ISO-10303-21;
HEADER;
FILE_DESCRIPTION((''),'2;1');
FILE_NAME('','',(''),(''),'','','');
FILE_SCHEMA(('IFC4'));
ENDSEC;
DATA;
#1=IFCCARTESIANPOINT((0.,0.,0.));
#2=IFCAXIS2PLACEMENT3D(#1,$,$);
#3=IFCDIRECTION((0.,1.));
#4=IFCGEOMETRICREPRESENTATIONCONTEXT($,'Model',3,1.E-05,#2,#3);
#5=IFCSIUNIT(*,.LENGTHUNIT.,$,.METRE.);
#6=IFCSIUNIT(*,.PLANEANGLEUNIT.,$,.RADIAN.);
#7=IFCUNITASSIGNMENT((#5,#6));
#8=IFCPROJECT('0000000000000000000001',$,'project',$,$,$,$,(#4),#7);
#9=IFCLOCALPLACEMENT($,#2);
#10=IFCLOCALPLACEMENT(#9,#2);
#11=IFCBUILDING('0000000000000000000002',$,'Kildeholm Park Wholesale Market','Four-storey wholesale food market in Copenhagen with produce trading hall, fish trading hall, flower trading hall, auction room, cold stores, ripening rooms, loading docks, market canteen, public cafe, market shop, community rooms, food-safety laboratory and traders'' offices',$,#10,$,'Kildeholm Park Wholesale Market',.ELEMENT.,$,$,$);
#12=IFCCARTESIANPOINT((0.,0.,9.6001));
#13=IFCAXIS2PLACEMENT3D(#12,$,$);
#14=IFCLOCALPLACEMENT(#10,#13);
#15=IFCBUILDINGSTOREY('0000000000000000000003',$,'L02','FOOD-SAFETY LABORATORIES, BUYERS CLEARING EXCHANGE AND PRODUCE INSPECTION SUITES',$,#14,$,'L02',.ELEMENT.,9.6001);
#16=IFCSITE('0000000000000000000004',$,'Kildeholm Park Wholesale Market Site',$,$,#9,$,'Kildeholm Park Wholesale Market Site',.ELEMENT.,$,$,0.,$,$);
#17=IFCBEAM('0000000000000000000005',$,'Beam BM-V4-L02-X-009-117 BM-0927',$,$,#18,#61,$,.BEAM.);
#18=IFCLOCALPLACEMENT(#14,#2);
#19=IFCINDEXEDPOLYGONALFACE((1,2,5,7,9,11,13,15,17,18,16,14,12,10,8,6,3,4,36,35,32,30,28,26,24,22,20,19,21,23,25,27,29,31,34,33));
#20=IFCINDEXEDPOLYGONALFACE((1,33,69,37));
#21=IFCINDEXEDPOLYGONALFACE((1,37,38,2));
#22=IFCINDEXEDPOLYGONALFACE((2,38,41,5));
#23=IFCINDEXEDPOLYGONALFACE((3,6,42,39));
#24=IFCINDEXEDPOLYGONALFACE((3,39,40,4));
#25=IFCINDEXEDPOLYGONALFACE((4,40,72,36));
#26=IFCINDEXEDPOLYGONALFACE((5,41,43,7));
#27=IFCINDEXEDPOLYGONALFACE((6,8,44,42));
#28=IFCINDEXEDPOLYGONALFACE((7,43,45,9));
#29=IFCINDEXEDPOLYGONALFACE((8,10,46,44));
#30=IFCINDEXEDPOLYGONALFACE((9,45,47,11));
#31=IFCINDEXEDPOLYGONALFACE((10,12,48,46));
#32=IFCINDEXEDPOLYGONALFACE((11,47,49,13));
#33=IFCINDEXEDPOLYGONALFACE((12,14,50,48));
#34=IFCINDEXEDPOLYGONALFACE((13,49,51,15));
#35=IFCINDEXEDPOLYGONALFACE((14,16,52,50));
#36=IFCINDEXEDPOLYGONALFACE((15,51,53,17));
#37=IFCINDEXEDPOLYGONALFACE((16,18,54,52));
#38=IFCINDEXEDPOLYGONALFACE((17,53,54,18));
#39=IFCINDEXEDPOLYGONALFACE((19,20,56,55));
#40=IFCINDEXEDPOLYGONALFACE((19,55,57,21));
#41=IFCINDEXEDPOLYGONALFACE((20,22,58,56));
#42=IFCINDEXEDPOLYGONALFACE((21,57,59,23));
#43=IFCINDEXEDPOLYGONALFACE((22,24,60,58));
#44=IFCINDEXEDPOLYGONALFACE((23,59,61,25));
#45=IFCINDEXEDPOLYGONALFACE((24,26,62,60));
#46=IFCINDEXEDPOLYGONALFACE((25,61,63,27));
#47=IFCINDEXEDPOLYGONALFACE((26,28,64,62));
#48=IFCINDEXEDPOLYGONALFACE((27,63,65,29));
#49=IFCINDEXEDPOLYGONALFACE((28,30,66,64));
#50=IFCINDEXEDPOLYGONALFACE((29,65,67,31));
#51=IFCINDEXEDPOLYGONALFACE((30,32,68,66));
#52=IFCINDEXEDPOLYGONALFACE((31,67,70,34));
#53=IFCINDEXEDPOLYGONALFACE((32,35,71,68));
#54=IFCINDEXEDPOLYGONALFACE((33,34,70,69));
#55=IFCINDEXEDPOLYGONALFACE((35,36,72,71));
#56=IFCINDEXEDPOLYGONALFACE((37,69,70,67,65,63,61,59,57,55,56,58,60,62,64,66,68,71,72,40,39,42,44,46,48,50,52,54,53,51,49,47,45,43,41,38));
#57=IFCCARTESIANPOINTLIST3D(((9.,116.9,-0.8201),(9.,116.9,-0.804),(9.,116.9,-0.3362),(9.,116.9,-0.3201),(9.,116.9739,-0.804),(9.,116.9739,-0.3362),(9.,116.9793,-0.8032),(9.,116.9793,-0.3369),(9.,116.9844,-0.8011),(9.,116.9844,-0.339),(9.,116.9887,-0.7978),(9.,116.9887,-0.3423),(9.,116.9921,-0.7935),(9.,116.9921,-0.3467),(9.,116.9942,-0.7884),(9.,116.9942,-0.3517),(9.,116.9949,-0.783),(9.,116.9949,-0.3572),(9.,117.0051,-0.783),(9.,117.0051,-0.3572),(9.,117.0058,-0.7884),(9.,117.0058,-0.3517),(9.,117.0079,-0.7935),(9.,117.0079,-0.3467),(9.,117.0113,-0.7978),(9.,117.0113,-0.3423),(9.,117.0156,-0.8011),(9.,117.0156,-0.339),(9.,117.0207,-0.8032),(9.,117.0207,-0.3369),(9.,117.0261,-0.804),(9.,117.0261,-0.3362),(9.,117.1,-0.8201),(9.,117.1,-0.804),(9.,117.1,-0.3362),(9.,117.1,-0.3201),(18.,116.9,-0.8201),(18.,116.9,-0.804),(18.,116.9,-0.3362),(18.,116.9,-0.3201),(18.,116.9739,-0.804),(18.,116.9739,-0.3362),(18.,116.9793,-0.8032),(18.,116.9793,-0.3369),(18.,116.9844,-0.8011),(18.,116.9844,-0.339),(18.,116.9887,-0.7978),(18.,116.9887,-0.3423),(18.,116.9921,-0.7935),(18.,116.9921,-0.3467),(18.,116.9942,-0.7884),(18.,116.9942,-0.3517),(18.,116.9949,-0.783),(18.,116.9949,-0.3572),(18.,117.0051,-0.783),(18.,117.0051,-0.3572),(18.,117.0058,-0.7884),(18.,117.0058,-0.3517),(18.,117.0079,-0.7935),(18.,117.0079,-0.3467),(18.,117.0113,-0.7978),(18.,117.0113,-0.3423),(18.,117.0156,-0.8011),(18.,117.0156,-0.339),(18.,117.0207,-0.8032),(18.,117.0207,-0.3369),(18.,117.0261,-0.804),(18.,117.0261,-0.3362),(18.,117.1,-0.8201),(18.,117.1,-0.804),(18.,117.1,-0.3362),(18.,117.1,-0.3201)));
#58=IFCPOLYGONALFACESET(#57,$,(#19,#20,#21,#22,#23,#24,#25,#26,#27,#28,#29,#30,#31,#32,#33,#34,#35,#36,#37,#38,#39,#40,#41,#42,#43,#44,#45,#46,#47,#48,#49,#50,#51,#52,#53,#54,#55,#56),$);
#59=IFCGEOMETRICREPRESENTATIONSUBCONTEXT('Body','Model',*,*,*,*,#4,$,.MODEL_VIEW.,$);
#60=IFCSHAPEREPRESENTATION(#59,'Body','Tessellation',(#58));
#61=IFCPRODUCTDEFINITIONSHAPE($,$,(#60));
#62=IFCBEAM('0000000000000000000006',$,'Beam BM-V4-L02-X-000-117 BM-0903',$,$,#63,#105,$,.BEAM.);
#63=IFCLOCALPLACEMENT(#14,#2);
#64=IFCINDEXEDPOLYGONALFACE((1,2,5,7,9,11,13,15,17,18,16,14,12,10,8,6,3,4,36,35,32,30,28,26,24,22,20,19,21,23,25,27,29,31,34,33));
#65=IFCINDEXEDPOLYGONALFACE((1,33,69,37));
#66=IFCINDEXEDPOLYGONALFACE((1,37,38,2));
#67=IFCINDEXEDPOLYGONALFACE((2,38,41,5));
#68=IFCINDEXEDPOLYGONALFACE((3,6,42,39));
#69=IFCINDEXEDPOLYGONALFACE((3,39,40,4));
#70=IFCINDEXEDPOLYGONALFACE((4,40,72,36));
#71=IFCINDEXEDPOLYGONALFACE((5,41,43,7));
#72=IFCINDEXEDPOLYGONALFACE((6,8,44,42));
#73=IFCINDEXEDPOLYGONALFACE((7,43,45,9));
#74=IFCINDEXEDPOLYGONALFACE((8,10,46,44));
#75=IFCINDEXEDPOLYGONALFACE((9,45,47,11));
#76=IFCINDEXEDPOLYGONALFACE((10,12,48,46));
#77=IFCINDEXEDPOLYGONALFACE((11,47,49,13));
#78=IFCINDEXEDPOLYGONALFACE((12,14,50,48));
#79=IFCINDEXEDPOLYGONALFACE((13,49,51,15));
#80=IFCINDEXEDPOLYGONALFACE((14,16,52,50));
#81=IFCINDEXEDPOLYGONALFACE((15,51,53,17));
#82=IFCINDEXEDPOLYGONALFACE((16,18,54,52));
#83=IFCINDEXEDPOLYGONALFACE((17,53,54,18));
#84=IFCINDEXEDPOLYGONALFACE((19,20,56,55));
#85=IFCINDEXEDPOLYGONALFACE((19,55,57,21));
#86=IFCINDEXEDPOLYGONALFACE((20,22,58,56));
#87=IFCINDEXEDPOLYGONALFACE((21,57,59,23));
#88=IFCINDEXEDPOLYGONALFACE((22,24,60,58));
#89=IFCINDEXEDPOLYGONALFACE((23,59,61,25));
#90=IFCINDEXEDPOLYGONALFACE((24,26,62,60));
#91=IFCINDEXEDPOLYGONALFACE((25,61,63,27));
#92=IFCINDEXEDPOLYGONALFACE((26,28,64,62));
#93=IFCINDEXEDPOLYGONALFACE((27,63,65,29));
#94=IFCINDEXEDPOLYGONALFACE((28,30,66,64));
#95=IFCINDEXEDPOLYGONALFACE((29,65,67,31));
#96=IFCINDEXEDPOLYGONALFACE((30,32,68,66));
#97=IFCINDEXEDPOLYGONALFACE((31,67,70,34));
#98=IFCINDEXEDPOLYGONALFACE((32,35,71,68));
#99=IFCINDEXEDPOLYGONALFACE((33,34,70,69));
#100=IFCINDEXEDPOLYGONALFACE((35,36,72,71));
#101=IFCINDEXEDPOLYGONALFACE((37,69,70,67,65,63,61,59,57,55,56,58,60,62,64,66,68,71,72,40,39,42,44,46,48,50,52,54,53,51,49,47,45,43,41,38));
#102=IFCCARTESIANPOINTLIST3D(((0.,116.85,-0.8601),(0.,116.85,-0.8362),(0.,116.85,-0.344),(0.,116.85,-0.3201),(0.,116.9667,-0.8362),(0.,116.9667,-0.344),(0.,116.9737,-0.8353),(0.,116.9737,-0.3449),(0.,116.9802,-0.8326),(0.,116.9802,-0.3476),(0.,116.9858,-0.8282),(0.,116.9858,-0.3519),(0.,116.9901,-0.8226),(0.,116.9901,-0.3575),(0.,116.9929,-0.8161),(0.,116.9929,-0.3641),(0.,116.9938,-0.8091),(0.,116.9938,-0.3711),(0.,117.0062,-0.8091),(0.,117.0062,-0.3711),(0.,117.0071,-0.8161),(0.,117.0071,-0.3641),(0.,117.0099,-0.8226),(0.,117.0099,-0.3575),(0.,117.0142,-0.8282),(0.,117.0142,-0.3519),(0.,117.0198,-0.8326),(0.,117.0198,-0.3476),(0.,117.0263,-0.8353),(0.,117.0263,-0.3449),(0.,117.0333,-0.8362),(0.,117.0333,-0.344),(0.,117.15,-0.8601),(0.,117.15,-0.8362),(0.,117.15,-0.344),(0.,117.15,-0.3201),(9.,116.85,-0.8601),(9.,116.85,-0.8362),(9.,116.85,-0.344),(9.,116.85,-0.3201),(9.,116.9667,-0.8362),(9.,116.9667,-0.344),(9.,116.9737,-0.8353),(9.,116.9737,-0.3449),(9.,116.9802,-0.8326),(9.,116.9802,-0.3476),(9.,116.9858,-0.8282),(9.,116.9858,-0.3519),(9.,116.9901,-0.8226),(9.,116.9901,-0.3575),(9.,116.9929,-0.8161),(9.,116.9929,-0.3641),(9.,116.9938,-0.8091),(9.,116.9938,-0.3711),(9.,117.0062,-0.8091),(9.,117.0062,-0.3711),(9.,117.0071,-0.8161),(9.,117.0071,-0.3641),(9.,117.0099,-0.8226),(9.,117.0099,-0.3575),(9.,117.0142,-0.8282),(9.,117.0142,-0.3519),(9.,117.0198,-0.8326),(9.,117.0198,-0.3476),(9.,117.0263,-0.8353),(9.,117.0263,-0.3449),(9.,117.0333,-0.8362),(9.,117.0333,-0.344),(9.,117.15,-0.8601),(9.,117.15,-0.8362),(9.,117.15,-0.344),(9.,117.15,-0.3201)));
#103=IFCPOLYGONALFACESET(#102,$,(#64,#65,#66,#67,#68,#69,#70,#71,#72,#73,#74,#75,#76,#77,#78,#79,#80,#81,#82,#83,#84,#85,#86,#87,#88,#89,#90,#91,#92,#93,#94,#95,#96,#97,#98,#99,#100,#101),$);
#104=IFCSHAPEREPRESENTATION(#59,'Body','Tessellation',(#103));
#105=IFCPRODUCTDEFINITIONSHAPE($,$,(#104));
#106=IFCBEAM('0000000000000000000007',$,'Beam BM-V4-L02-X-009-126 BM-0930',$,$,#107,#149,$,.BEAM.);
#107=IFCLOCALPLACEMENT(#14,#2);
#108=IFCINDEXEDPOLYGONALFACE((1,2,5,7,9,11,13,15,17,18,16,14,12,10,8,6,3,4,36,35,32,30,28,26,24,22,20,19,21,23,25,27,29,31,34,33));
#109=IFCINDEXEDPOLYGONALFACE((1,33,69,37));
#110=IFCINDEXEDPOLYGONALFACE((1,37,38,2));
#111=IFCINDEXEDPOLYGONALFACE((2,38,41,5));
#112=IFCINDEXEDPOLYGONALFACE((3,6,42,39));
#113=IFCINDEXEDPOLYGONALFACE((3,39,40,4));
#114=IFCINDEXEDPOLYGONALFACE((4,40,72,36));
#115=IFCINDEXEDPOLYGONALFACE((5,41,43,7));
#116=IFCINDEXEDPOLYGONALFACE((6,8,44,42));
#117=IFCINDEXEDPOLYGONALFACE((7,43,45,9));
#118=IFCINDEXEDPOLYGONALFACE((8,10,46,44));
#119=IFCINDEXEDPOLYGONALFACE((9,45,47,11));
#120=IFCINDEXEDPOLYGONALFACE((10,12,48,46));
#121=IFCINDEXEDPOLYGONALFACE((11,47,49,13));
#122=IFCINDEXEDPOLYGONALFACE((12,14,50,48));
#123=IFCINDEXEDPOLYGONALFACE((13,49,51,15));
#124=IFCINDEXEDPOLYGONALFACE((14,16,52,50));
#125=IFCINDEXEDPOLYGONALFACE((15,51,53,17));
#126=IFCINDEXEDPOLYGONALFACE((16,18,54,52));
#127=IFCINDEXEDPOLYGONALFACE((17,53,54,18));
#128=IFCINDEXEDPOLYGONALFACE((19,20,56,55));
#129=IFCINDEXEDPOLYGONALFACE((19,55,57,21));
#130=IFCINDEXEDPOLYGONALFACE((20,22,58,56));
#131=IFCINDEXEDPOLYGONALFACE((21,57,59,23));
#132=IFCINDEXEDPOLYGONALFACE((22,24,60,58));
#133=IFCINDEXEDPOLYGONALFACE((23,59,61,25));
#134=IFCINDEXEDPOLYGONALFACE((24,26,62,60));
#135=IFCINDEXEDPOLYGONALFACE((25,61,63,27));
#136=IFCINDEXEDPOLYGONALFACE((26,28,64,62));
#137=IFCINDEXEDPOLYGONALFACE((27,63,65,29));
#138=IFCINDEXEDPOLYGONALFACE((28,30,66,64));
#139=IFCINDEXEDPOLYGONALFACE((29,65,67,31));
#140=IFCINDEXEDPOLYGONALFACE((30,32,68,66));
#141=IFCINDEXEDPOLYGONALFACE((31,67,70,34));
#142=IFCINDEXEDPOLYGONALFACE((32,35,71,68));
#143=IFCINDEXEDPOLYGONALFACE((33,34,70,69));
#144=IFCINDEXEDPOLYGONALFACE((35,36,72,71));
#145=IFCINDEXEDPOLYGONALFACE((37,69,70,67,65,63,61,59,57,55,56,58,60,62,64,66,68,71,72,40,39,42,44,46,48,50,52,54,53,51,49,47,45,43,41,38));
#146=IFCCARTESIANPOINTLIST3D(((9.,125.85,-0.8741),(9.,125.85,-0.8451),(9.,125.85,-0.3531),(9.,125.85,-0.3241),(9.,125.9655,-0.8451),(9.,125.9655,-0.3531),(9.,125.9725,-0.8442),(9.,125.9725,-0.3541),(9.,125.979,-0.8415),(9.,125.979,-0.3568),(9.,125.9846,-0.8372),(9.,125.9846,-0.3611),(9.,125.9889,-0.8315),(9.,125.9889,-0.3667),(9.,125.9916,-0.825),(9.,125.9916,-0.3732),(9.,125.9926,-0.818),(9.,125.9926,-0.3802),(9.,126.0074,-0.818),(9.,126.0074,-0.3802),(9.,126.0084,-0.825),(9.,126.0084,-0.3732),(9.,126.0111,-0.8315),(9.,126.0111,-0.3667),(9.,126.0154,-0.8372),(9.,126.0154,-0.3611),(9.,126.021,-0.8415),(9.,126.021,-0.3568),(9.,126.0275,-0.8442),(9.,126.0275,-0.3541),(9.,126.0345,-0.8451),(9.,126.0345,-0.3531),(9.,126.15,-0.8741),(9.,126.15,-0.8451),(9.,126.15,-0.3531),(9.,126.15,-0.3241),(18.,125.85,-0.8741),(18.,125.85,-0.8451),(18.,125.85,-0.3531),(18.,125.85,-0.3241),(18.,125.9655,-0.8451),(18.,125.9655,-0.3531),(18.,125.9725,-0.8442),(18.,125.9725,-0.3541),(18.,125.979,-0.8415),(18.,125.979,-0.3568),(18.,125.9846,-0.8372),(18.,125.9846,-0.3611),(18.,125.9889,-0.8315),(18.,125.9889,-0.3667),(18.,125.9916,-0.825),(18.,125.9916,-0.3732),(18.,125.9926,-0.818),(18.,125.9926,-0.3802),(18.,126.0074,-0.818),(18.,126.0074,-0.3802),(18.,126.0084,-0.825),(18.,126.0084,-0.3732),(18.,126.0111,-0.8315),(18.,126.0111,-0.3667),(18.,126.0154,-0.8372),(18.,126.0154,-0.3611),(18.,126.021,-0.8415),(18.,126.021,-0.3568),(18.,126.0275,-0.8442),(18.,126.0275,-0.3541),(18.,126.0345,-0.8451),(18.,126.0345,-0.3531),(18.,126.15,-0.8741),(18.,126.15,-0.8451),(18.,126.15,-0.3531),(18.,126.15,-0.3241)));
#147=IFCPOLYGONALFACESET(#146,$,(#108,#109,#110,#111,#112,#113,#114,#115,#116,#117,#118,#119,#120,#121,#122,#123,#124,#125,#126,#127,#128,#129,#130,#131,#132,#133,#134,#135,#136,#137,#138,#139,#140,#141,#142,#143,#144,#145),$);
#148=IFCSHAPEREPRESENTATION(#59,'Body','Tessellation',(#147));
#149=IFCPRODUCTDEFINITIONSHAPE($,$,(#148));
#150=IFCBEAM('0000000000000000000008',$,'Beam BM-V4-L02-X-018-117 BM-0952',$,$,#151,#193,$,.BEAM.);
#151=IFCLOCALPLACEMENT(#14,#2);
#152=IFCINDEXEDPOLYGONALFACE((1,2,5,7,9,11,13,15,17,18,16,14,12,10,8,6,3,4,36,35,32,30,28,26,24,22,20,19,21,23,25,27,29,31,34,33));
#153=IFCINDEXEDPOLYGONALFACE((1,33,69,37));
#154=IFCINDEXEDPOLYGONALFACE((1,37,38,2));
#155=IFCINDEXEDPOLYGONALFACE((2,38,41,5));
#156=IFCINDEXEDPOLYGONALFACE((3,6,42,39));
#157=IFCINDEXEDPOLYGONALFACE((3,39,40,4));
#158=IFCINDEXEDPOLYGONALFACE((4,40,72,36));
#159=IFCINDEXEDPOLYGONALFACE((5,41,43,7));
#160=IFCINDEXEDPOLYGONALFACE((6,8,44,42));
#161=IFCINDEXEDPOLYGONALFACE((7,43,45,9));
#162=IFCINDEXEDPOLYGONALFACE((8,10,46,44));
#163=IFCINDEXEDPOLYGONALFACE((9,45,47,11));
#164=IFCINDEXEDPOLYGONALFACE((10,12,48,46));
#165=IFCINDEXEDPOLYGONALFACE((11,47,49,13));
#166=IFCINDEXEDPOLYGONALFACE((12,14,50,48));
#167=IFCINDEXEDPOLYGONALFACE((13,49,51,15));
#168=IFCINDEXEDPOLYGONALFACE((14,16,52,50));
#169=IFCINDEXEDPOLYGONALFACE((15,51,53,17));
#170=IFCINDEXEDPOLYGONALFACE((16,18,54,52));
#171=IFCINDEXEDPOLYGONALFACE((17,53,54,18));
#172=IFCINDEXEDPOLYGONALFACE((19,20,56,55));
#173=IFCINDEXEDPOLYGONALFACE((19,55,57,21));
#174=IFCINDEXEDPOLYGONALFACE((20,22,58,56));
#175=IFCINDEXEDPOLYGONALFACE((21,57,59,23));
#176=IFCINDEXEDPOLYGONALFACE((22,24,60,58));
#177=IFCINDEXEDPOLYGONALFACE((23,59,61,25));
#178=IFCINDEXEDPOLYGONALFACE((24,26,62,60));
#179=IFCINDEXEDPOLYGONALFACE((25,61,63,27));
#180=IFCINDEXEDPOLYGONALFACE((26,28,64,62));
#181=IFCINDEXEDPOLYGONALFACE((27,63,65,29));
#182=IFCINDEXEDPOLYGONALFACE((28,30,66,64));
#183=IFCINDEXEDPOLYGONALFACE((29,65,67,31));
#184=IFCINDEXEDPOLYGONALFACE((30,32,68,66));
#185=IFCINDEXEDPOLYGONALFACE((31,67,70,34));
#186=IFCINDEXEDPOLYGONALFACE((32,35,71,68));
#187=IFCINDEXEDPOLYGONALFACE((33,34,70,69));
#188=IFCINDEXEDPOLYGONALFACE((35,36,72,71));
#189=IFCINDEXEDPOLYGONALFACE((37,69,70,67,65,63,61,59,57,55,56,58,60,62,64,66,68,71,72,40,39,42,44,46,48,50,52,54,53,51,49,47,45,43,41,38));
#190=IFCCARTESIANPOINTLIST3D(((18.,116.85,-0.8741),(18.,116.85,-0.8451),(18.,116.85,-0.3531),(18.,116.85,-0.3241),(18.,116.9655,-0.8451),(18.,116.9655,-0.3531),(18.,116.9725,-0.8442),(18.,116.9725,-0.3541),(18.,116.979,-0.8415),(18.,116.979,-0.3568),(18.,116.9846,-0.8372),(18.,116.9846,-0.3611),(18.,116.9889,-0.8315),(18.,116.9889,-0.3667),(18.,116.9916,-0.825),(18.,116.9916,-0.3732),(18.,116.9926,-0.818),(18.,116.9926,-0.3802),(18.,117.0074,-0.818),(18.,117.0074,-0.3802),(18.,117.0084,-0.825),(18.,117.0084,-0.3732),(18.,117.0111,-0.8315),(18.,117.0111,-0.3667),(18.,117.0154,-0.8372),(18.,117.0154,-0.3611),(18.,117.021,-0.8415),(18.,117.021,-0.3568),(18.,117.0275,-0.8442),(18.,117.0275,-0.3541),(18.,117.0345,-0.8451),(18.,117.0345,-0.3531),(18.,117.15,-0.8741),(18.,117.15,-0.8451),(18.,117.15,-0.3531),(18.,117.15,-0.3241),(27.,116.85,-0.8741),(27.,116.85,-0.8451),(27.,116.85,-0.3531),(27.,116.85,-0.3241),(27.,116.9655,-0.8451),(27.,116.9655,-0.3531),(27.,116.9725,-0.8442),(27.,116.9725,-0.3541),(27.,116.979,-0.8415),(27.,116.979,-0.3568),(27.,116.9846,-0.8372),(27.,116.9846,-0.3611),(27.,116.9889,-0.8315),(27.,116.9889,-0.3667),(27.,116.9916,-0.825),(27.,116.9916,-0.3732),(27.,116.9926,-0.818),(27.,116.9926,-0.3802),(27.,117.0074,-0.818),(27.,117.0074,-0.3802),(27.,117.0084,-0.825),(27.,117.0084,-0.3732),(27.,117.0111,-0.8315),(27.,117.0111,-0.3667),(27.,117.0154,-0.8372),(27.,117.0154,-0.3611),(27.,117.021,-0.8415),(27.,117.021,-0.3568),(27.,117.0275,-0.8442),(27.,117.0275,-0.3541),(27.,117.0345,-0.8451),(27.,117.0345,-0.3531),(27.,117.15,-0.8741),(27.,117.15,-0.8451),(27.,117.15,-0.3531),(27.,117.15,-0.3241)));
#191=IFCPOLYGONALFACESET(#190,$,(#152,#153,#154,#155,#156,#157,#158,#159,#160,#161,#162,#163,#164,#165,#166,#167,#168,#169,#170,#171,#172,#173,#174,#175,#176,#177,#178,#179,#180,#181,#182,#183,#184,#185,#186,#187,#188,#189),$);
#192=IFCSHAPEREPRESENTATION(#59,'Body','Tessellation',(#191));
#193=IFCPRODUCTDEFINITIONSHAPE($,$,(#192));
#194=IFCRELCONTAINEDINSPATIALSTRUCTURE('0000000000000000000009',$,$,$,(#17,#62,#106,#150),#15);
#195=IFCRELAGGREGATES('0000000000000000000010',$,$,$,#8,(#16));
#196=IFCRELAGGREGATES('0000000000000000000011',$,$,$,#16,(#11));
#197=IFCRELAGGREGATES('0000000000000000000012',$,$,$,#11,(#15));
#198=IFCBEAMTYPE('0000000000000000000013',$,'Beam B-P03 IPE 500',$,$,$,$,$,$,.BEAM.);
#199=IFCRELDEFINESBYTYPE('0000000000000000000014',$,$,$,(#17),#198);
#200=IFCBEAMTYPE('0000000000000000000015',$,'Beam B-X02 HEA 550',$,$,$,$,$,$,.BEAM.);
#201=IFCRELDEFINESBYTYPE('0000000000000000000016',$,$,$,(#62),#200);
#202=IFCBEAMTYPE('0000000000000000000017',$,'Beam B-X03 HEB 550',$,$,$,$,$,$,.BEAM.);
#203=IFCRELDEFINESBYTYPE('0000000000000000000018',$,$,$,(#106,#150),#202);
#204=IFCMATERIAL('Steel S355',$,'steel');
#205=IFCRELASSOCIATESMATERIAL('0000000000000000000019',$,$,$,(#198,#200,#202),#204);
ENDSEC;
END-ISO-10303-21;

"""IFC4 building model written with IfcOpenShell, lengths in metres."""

from ifc_helpers import new_model, si_unit, direction, frame, origin, origin_2d, place, context, subcontext, project, spatial, i_section, extrude, material, material_profile, profile_set, type_object, element, save


model = new_model("IFC4")

# Units and contexts
model_context = context("Model", 3, precision=1e-05, world=origin(), true_north=direction((0.0, 1.0)))
body_context = subcontext(model_context, "Body", "Model", "MODEL_VIEW")
ifc_project = project(units=[si_unit("LENGTHUNIT", "METRE"), si_unit("PLANEANGLEUNIT", "RADIAN")], contexts=[model_context])

# Site, building, storey
site_placement = place(None, origin())
site = spatial("IfcSite", under=ifc_project, at=site_placement, Name="Kildeholm Park Wholesale Market Site", LongName="Kildeholm Park Wholesale Market Site", CompositionType="ELEMENT", RefElevation=0.0)
building_placement = place(site_placement, origin())
building = spatial("IfcBuilding", under=site, at=building_placement, Name="Kildeholm Park Wholesale Market", Description="Four-storey wholesale food market in Copenhagen with produce trading hall, fish trading hall, flower trading hall, auction room, cold stores, ripening rooms, loading docks, market canteen, public cafe, market shop, community rooms, food-safety laboratory and traders' offices", LongName="Kildeholm Park Wholesale Market", CompositionType="ELEMENT")
storey_placement = place(building_placement, frame((0.0, 0.0, 9.6001)))
storey = spatial("IfcBuildingStorey", under=building, at=storey_placement, Name="L02", Description="FOOD-SAFETY LABORATORIES, BUYERS CLEARING EXCHANGE AND PRODUCE INSPECTION SUITES", LongName="L02", CompositionType="ELEMENT", Elevation=9.6001)

# Beams
ifc_material_1 = material(Name="Steel S355", Category="steel")
ifc_material_profile_1 = material_profile(ifc_material_1, i_section(OverallWidth=0.2, OverallDepth=0.5, WebThickness=0.0103, FlangeThickness=0.0161, FilletRadius=0.021, at=origin_2d()), Name="IPE 500")
ifc_profile_set_1 = profile_set([ifc_material_profile_1], Name="Steel S355")
beam_type_1 = type_object("IfcBeamType", Name="Beam B-P03 IPE 500", PredefinedType="BEAM", material=ifc_profile_set_1)
for number, where, z_axis, x_axis, name in (
    (1, (9.0, 117.0, -0.5701), (1.0, 0.0, 0.0), (0.0, 1.0, 0.0), "Beam BM-V4-L02-X-009-117 BM-0927"),
):
    element("IfcBeam", number, at=place(storey_placement, frame(where, z_axis=z_axis, x_axis=x_axis)), inside=storey, type_object=beam_type_1, Name=name, PredefinedType="BEAM", context=body_context, shape_type="SweptSolid", body=[
        extrude(i_section(OverallWidth=0.2, OverallDepth=0.5, WebThickness=0.0103, FlangeThickness=0.0161, FilletRadius=0.021, at=origin_2d()), origin(), (0.0, 0.0, 1.0), 9.0),
    ])
ifc_material_profile_2 = material_profile(ifc_material_1, i_section(OverallWidth=0.3, OverallDepth=0.54, WebThickness=0.0125, FlangeThickness=0.0239, FilletRadius=0.0271, at=origin_2d()), Name="HEA 550")
ifc_profile_set_2 = profile_set([ifc_material_profile_2], Name="Steel S355")
beam_type_2 = type_object("IfcBeamType", Name="Beam B-X02 HEA 550", PredefinedType="BEAM", material=ifc_profile_set_2)
beam_placement = place(storey_placement, frame((0.0, 117.0, -0.5901), z_axis=(1.0, 0.0, 0.0), x_axis=(0.0, 1.0, 0.0)))
element("IfcBeam", 2, at=beam_placement, inside=storey, type_object=beam_type_2, Name="Beam BM-V4-L02-X-000-117 BM-0903", PredefinedType="BEAM", context=body_context, shape_type="SweptSolid", body=[
    extrude(i_section(OverallWidth=0.3, OverallDepth=0.54, WebThickness=0.0125, FlangeThickness=0.0239, FilletRadius=0.0271, at=origin_2d()), origin(), (0.0, 0.0, 1.0), 9.0),
])
ifc_material_profile_3 = material_profile(ifc_material_1, i_section(OverallWidth=0.3, OverallDepth=0.55, WebThickness=0.0149, FlangeThickness=0.0291, FilletRadius=0.0271, at=origin_2d()), Name="HEB 550")
ifc_profile_set_3 = profile_set([ifc_material_profile_3], Name="Steel S355")
beam_type_3 = type_object("IfcBeamType", Name="Beam B-X03 HEB 550", PredefinedType="BEAM", material=ifc_profile_set_3)
for number, where, z_axis, x_axis, name in (
    (3, (9.0, 126.0, -0.5991), (1.0, 0.0, 0.0), (0.0, 1.0, 0.0), "Beam BM-V4-L02-X-009-126 BM-0930"),
    (4, (18.0, 117.0, -0.5991), (1.0, 0.0, 0.0), (0.0, 1.0, 0.0), "Beam BM-V4-L02-X-018-117 BM-0952"),
):
    element("IfcBeam", number, at=place(storey_placement, frame(where, z_axis=z_axis, x_axis=x_axis)), inside=storey, type_object=beam_type_3, Name=name, PredefinedType="BEAM", context=body_context, shape_type="SweptSolid", body=[
        extrude(i_section(OverallWidth=0.3, OverallDepth=0.55, WebThickness=0.0149, FlangeThickness=0.0291, FilletRadius=0.0271, at=origin_2d()), origin(), (0.0, 0.0, 1.0), 9.0),
    ])

save(model, "model.ifc")
